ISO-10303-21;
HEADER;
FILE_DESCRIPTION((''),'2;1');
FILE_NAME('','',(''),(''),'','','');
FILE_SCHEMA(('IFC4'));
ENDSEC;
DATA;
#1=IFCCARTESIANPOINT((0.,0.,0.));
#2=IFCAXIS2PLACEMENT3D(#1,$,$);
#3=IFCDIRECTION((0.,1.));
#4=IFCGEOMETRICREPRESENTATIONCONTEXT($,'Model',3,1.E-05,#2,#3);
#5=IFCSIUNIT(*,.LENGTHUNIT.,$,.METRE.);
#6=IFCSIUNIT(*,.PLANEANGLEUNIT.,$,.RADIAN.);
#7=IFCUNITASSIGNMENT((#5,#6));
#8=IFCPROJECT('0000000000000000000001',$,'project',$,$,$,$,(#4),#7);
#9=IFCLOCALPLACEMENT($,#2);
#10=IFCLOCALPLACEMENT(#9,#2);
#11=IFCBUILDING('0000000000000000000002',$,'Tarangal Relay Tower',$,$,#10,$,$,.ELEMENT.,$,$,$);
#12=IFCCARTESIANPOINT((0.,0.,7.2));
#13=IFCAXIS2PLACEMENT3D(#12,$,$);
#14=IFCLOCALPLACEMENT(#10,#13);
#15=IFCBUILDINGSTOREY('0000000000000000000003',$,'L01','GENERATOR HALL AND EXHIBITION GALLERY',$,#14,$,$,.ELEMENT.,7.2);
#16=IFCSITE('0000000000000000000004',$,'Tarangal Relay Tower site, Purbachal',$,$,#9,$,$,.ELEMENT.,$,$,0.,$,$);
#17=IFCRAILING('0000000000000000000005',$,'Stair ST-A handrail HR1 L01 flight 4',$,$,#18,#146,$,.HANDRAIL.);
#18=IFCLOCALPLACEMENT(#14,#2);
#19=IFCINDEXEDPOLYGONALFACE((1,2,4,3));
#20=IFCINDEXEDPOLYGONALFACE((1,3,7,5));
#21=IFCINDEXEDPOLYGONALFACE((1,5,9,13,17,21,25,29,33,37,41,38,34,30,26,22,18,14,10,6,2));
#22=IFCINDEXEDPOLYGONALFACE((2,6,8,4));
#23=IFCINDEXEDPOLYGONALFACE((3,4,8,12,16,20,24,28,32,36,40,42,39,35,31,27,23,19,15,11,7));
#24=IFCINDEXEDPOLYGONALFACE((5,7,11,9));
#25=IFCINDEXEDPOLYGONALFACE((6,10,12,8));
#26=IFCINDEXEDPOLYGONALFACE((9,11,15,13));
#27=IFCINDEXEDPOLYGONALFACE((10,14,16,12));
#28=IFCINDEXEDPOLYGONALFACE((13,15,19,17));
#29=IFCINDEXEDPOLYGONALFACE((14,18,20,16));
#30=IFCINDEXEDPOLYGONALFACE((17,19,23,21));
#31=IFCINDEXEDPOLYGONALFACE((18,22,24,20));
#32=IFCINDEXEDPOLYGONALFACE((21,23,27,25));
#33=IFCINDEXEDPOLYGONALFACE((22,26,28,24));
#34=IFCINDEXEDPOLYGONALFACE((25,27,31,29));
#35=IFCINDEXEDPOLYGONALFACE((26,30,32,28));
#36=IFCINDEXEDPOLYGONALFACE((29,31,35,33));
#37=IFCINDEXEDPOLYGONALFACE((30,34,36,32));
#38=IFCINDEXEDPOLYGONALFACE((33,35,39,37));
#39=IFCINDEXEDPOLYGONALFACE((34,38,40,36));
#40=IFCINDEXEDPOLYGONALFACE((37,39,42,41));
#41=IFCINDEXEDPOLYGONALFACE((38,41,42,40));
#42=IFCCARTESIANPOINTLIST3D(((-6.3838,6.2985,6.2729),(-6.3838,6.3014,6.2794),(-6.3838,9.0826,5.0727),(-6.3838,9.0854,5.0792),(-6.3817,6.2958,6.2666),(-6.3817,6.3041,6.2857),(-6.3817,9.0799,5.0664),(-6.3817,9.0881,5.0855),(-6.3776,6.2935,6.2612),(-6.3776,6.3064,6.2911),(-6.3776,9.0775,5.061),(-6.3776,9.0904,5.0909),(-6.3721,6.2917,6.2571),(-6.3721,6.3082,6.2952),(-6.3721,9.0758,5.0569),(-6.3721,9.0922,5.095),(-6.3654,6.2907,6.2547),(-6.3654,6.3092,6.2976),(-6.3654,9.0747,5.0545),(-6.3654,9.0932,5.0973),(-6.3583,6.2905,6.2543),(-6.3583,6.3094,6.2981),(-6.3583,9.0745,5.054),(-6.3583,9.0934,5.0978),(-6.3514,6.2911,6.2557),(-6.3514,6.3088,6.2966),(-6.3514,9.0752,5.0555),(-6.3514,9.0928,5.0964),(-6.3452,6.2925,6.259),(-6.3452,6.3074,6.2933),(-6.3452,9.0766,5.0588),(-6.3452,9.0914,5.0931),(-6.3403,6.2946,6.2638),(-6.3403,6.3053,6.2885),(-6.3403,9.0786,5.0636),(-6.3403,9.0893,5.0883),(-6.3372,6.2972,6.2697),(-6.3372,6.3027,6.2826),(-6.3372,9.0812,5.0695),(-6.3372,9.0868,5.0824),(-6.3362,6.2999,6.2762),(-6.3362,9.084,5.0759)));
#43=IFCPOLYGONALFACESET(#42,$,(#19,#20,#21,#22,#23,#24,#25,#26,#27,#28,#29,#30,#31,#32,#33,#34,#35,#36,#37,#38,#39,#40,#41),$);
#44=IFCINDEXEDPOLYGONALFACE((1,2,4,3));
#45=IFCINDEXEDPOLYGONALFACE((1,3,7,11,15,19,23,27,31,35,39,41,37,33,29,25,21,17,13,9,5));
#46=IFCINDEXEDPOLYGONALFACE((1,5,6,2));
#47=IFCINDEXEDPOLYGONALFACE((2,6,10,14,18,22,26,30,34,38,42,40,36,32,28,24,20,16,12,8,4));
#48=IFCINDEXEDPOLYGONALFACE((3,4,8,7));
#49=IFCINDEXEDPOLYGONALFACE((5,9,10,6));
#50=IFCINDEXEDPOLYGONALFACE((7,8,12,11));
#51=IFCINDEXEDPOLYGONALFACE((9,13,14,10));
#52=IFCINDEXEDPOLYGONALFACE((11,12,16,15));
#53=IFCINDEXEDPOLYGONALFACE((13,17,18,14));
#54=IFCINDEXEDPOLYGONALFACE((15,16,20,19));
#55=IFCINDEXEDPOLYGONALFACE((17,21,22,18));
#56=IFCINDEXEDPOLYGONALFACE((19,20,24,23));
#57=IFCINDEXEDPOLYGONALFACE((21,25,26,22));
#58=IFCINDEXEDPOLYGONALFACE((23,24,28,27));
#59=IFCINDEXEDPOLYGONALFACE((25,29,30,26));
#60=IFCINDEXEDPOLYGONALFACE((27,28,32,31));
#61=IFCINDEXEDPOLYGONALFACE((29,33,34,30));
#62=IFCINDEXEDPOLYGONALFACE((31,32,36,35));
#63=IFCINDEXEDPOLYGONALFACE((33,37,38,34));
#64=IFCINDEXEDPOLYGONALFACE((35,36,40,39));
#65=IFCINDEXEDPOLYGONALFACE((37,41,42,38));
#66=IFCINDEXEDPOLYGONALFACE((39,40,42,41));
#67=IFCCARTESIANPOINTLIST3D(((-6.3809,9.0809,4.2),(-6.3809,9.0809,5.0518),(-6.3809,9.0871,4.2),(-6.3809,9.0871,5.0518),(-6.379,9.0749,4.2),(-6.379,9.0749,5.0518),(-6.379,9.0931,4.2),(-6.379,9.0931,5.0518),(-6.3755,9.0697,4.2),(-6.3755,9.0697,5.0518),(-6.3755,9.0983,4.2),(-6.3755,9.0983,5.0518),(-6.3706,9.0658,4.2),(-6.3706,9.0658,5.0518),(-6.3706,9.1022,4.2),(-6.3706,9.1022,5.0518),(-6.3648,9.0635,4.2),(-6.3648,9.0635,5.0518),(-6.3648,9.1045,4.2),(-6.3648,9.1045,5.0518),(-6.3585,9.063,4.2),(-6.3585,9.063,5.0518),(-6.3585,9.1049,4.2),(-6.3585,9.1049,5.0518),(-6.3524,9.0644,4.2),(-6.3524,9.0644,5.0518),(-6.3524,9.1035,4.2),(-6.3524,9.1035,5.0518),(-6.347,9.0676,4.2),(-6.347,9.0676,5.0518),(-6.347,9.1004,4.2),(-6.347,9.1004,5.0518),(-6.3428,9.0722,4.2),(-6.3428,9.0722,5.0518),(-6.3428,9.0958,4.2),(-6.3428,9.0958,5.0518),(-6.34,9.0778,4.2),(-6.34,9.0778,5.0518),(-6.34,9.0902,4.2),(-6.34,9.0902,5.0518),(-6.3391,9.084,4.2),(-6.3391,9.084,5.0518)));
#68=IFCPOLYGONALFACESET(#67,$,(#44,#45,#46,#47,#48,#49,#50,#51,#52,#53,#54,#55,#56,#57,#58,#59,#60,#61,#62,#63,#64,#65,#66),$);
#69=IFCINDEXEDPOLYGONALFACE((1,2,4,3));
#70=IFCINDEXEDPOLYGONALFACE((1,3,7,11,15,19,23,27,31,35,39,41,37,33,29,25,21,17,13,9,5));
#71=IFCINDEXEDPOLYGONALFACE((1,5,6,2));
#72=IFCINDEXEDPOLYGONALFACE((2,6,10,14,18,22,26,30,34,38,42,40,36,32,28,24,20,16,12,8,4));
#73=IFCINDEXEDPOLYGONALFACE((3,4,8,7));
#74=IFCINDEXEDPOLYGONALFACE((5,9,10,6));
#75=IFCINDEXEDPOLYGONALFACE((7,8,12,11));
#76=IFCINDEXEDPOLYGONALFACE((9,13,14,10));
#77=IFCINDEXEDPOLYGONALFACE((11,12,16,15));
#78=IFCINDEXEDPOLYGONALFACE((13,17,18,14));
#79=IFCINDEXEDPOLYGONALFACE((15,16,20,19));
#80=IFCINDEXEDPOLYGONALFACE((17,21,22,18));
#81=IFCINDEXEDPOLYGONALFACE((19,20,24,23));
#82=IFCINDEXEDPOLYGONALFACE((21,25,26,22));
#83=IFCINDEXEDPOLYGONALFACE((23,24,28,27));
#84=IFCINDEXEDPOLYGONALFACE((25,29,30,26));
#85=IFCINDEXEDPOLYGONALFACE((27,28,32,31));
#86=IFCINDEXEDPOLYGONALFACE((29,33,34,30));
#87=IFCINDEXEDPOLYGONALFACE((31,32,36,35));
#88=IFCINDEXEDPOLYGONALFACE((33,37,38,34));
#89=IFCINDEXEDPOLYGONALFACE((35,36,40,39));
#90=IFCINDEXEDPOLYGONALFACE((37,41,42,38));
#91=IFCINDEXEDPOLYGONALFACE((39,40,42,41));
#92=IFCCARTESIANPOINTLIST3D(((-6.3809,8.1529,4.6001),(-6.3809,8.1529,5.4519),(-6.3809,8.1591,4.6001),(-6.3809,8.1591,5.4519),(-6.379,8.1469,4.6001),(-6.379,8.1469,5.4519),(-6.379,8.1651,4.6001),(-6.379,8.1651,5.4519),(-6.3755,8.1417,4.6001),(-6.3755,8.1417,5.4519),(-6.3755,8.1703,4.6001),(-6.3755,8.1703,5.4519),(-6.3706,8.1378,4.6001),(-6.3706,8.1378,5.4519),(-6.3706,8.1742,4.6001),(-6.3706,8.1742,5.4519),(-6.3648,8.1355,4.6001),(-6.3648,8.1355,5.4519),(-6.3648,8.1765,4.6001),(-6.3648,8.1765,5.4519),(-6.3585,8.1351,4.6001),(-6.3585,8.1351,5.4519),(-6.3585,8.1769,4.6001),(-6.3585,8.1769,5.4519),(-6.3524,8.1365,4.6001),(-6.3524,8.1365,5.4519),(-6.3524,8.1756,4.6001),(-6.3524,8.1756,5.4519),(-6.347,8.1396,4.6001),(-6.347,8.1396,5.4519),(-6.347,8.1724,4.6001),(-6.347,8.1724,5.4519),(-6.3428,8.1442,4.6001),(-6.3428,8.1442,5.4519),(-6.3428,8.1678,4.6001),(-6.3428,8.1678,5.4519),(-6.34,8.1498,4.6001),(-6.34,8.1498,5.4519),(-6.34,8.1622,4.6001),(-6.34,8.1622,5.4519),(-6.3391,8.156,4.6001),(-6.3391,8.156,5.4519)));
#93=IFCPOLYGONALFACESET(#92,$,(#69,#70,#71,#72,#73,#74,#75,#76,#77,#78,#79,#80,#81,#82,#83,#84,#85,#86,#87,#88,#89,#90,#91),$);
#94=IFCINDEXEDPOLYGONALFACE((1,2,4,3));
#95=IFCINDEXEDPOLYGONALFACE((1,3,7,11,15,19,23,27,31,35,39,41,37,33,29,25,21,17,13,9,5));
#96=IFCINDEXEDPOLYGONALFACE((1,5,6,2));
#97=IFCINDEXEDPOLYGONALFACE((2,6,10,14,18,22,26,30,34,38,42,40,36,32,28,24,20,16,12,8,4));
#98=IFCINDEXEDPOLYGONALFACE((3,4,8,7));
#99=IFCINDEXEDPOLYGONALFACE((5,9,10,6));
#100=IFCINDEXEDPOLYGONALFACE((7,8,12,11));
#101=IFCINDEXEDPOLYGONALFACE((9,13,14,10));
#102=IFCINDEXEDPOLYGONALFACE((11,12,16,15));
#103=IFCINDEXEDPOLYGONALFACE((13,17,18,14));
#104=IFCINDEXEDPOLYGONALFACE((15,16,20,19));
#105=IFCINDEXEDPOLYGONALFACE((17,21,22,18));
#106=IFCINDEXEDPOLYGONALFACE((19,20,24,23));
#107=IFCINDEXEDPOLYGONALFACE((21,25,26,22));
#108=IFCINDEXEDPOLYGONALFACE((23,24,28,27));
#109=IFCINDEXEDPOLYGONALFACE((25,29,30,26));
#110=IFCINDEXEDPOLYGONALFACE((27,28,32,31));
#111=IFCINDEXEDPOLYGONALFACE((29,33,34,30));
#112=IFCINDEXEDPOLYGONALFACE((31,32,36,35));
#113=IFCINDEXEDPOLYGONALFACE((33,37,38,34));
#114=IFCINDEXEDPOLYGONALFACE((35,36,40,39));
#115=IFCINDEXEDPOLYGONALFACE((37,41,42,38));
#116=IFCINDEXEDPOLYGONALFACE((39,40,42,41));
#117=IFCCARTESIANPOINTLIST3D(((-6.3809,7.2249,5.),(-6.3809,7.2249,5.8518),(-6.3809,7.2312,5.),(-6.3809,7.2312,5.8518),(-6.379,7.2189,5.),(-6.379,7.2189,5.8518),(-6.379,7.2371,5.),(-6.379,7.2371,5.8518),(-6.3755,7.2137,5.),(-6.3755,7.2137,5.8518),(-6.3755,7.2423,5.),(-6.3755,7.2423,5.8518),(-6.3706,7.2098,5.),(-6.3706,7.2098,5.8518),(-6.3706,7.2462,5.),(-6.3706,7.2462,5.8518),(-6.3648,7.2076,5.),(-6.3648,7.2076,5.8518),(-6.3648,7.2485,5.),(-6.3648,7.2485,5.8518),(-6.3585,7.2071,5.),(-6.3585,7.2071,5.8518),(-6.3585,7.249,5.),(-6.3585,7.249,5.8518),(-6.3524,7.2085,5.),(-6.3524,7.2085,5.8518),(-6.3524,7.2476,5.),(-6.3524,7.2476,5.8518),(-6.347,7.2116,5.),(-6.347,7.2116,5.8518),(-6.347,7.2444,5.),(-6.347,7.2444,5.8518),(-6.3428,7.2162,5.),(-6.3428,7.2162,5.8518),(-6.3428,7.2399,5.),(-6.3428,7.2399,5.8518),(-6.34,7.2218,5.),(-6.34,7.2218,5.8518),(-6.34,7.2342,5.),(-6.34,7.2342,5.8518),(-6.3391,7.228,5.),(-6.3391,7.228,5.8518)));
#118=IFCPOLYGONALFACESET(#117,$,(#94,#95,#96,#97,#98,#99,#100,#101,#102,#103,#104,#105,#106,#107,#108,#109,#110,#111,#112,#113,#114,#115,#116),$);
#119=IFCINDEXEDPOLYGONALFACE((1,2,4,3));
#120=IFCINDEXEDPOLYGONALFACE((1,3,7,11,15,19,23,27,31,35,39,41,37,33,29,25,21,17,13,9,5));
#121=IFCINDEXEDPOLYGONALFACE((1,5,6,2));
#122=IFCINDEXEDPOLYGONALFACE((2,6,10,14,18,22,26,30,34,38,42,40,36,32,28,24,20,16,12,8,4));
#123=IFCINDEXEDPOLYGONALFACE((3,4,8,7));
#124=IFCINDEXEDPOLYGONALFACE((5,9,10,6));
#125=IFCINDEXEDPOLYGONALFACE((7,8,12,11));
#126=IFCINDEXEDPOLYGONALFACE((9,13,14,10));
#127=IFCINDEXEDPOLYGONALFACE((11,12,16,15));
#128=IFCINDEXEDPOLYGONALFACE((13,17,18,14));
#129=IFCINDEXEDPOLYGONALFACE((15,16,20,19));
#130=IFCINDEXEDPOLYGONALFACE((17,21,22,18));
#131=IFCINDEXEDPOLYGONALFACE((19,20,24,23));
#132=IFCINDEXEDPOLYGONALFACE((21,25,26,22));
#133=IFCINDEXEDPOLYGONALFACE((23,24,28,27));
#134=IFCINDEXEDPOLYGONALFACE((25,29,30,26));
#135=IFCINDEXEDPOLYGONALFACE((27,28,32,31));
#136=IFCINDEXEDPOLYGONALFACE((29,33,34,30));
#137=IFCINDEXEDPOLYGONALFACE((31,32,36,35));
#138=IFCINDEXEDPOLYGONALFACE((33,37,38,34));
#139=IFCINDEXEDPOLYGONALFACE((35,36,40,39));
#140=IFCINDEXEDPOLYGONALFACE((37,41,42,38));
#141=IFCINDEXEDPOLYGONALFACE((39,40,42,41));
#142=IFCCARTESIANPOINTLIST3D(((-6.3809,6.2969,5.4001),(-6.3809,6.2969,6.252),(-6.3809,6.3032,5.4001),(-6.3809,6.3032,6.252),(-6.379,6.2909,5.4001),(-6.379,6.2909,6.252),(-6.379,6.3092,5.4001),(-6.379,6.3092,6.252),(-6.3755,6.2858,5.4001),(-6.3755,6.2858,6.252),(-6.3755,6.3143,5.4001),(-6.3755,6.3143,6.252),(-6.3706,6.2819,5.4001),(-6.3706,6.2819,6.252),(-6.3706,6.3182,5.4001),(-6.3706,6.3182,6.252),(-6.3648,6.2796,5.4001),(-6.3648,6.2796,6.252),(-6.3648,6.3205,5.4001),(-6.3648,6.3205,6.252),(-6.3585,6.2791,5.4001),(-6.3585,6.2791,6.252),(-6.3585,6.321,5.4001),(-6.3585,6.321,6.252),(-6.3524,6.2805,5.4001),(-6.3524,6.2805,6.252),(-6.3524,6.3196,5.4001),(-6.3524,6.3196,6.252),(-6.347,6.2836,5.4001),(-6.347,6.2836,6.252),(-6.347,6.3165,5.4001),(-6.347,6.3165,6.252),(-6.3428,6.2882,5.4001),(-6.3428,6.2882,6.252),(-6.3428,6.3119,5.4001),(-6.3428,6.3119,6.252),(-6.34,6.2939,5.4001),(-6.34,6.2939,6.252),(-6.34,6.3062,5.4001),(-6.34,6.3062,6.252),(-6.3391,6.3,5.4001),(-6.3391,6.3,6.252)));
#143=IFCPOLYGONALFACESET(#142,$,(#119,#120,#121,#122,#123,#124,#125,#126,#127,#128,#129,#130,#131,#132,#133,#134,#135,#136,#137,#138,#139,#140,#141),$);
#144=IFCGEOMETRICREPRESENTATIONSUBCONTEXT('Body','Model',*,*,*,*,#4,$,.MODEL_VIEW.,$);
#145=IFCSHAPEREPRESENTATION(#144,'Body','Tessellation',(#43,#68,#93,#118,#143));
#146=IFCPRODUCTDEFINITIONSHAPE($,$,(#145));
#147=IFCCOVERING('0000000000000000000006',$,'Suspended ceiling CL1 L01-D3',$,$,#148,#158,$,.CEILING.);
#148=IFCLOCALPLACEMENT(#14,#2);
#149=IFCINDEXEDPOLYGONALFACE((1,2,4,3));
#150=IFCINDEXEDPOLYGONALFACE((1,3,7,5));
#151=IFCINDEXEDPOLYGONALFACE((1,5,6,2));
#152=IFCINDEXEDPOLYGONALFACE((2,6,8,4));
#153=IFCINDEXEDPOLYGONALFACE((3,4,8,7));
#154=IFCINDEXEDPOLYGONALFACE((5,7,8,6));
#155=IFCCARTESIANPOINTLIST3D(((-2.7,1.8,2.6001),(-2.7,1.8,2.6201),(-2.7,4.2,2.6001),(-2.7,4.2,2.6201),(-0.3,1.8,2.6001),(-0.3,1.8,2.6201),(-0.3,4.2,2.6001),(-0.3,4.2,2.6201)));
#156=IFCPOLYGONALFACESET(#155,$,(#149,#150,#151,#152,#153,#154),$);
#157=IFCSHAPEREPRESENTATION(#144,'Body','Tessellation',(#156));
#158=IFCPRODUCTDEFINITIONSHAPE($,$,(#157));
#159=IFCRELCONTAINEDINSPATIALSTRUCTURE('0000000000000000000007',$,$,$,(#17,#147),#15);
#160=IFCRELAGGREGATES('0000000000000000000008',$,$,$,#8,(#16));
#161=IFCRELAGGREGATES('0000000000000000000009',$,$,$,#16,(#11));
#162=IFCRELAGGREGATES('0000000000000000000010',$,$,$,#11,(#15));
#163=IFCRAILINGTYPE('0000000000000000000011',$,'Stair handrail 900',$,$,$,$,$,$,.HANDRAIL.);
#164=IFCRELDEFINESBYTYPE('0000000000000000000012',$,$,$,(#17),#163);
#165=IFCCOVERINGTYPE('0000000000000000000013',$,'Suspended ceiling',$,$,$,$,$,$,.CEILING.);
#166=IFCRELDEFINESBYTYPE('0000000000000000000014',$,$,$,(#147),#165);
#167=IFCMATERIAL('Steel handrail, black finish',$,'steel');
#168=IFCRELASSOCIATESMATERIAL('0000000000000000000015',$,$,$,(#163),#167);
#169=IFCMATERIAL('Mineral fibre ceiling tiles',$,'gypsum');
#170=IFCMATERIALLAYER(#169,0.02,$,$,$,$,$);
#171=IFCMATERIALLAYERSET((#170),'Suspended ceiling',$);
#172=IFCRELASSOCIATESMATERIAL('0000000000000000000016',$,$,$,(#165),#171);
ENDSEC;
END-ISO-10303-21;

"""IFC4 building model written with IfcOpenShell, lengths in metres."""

from ifc_helpers import new_model, si_unit, direction, frame, origin, origin_2d, place, context, subcontext, project, spatial, polyline, circle, outline, extrude, material, layer, layer_set, type_object, element, save


model = new_model("IFC4")

# Units and contexts
model_context = context("Model", 3, precision=1e-05, world=origin(), true_north=direction((0.0, 1.0)))
body_context = subcontext(model_context, "Body", "Model", "MODEL_VIEW")
ifc_project = project(units=[si_unit("LENGTHUNIT", "METRE"), si_unit("PLANEANGLEUNIT", "RADIAN")], contexts=[model_context])

# Site, building, storey
site_placement = place(None, origin())
site = spatial("IfcSite", under=ifc_project, at=site_placement, Name="Tarangal Relay Tower site, Purbachal", CompositionType="ELEMENT", RefElevation=0.0)
building_placement = place(site_placement, origin())
building = spatial("IfcBuilding", under=site, at=building_placement, Name="Tarangal Relay Tower", CompositionType="ELEMENT")
storey_placement = place(building_placement, frame((0.0, 0.0, 7.2)))
storey = spatial("IfcBuildingStorey", under=building, at=storey_placement, Name="L01", Description="GENERATOR HALL AND EXHIBITION GALLERY", CompositionType="ELEMENT", Elevation=7.2)

# Railing
ifc_material_1 = material(Name="Steel handrail, black finish", Category="steel")
railing_type_1 = type_object("IfcRailingType", Name="Stair handrail 900", PredefinedType="HANDRAIL", material=ifc_material_1)
railing_1_placement = place(storey_placement, frame((-6.3601, 9.084, 4.2)))
element("IfcRailing", 1, at=railing_1_placement, inside=storey, type_object=railing_type_1, Name="Stair ST-A handrail HR1 L01 flight 4", PredefinedType="HANDRAIL", context=body_context, shape_type="SweptSolid", body=[
    extrude(circle(Radius=0.0239, at=origin_2d()), frame((0.0, 0.0, 0.876), z_axis=(0.0, -0.918297, 0.395891), x_axis=(1.0, 0.0, 0.0)), (0.0, 0.0, 1.0), 3.0317),
    extrude(circle(Radius=0.021, at=origin_2d()), origin(), (0.0, 0.0, 1.0), 0.8518),
    extrude(circle(Radius=0.021, at=origin_2d()), frame((0.0, -0.928, 0.4001)), (0.0, 0.0, 1.0), 0.8518),
    extrude(circle(Radius=0.021, at=origin_2d()), frame((0.0, -1.856, 0.8)), (0.0, 0.0, 1.0), 0.8518),
    extrude(circle(Radius=0.021, at=origin_2d()), frame((0.0, -2.7839, 1.2002)), (0.0, 0.0, 1.0), 0.8518),
])

# Covering
ifc_material_2 = material(Name="Mineral fibre ceiling tiles", Category="gypsum")
ifc_layer_1 = layer(ifc_material_2, 0.02)
ifc_layer_set_1 = layer_set([ifc_layer_1], Name="Suspended ceiling")
covering_type = type_object("IfcCoveringType", Name="Suspended ceiling", PredefinedType="CEILING", material=ifc_layer_set_1)
covering_placement = place(storey_placement, frame((0.0, 0.0, 2.6001)))
element("IfcCovering", 2, at=covering_placement, inside=storey, type_object=covering_type, Name="Suspended ceiling CL1 L01-D3", PredefinedType="CEILING", context=body_context, shape_type="SweptSolid", body=[
    extrude(outline(polyline([(-2.7, 1.8), (-0.3, 1.8), (-0.3, 4.2), (-2.7, 4.2), (-2.7, 1.8)])), origin(), (0.0, 0.0, 1.0), 0.02),
])

save(model, "model.ifc")
